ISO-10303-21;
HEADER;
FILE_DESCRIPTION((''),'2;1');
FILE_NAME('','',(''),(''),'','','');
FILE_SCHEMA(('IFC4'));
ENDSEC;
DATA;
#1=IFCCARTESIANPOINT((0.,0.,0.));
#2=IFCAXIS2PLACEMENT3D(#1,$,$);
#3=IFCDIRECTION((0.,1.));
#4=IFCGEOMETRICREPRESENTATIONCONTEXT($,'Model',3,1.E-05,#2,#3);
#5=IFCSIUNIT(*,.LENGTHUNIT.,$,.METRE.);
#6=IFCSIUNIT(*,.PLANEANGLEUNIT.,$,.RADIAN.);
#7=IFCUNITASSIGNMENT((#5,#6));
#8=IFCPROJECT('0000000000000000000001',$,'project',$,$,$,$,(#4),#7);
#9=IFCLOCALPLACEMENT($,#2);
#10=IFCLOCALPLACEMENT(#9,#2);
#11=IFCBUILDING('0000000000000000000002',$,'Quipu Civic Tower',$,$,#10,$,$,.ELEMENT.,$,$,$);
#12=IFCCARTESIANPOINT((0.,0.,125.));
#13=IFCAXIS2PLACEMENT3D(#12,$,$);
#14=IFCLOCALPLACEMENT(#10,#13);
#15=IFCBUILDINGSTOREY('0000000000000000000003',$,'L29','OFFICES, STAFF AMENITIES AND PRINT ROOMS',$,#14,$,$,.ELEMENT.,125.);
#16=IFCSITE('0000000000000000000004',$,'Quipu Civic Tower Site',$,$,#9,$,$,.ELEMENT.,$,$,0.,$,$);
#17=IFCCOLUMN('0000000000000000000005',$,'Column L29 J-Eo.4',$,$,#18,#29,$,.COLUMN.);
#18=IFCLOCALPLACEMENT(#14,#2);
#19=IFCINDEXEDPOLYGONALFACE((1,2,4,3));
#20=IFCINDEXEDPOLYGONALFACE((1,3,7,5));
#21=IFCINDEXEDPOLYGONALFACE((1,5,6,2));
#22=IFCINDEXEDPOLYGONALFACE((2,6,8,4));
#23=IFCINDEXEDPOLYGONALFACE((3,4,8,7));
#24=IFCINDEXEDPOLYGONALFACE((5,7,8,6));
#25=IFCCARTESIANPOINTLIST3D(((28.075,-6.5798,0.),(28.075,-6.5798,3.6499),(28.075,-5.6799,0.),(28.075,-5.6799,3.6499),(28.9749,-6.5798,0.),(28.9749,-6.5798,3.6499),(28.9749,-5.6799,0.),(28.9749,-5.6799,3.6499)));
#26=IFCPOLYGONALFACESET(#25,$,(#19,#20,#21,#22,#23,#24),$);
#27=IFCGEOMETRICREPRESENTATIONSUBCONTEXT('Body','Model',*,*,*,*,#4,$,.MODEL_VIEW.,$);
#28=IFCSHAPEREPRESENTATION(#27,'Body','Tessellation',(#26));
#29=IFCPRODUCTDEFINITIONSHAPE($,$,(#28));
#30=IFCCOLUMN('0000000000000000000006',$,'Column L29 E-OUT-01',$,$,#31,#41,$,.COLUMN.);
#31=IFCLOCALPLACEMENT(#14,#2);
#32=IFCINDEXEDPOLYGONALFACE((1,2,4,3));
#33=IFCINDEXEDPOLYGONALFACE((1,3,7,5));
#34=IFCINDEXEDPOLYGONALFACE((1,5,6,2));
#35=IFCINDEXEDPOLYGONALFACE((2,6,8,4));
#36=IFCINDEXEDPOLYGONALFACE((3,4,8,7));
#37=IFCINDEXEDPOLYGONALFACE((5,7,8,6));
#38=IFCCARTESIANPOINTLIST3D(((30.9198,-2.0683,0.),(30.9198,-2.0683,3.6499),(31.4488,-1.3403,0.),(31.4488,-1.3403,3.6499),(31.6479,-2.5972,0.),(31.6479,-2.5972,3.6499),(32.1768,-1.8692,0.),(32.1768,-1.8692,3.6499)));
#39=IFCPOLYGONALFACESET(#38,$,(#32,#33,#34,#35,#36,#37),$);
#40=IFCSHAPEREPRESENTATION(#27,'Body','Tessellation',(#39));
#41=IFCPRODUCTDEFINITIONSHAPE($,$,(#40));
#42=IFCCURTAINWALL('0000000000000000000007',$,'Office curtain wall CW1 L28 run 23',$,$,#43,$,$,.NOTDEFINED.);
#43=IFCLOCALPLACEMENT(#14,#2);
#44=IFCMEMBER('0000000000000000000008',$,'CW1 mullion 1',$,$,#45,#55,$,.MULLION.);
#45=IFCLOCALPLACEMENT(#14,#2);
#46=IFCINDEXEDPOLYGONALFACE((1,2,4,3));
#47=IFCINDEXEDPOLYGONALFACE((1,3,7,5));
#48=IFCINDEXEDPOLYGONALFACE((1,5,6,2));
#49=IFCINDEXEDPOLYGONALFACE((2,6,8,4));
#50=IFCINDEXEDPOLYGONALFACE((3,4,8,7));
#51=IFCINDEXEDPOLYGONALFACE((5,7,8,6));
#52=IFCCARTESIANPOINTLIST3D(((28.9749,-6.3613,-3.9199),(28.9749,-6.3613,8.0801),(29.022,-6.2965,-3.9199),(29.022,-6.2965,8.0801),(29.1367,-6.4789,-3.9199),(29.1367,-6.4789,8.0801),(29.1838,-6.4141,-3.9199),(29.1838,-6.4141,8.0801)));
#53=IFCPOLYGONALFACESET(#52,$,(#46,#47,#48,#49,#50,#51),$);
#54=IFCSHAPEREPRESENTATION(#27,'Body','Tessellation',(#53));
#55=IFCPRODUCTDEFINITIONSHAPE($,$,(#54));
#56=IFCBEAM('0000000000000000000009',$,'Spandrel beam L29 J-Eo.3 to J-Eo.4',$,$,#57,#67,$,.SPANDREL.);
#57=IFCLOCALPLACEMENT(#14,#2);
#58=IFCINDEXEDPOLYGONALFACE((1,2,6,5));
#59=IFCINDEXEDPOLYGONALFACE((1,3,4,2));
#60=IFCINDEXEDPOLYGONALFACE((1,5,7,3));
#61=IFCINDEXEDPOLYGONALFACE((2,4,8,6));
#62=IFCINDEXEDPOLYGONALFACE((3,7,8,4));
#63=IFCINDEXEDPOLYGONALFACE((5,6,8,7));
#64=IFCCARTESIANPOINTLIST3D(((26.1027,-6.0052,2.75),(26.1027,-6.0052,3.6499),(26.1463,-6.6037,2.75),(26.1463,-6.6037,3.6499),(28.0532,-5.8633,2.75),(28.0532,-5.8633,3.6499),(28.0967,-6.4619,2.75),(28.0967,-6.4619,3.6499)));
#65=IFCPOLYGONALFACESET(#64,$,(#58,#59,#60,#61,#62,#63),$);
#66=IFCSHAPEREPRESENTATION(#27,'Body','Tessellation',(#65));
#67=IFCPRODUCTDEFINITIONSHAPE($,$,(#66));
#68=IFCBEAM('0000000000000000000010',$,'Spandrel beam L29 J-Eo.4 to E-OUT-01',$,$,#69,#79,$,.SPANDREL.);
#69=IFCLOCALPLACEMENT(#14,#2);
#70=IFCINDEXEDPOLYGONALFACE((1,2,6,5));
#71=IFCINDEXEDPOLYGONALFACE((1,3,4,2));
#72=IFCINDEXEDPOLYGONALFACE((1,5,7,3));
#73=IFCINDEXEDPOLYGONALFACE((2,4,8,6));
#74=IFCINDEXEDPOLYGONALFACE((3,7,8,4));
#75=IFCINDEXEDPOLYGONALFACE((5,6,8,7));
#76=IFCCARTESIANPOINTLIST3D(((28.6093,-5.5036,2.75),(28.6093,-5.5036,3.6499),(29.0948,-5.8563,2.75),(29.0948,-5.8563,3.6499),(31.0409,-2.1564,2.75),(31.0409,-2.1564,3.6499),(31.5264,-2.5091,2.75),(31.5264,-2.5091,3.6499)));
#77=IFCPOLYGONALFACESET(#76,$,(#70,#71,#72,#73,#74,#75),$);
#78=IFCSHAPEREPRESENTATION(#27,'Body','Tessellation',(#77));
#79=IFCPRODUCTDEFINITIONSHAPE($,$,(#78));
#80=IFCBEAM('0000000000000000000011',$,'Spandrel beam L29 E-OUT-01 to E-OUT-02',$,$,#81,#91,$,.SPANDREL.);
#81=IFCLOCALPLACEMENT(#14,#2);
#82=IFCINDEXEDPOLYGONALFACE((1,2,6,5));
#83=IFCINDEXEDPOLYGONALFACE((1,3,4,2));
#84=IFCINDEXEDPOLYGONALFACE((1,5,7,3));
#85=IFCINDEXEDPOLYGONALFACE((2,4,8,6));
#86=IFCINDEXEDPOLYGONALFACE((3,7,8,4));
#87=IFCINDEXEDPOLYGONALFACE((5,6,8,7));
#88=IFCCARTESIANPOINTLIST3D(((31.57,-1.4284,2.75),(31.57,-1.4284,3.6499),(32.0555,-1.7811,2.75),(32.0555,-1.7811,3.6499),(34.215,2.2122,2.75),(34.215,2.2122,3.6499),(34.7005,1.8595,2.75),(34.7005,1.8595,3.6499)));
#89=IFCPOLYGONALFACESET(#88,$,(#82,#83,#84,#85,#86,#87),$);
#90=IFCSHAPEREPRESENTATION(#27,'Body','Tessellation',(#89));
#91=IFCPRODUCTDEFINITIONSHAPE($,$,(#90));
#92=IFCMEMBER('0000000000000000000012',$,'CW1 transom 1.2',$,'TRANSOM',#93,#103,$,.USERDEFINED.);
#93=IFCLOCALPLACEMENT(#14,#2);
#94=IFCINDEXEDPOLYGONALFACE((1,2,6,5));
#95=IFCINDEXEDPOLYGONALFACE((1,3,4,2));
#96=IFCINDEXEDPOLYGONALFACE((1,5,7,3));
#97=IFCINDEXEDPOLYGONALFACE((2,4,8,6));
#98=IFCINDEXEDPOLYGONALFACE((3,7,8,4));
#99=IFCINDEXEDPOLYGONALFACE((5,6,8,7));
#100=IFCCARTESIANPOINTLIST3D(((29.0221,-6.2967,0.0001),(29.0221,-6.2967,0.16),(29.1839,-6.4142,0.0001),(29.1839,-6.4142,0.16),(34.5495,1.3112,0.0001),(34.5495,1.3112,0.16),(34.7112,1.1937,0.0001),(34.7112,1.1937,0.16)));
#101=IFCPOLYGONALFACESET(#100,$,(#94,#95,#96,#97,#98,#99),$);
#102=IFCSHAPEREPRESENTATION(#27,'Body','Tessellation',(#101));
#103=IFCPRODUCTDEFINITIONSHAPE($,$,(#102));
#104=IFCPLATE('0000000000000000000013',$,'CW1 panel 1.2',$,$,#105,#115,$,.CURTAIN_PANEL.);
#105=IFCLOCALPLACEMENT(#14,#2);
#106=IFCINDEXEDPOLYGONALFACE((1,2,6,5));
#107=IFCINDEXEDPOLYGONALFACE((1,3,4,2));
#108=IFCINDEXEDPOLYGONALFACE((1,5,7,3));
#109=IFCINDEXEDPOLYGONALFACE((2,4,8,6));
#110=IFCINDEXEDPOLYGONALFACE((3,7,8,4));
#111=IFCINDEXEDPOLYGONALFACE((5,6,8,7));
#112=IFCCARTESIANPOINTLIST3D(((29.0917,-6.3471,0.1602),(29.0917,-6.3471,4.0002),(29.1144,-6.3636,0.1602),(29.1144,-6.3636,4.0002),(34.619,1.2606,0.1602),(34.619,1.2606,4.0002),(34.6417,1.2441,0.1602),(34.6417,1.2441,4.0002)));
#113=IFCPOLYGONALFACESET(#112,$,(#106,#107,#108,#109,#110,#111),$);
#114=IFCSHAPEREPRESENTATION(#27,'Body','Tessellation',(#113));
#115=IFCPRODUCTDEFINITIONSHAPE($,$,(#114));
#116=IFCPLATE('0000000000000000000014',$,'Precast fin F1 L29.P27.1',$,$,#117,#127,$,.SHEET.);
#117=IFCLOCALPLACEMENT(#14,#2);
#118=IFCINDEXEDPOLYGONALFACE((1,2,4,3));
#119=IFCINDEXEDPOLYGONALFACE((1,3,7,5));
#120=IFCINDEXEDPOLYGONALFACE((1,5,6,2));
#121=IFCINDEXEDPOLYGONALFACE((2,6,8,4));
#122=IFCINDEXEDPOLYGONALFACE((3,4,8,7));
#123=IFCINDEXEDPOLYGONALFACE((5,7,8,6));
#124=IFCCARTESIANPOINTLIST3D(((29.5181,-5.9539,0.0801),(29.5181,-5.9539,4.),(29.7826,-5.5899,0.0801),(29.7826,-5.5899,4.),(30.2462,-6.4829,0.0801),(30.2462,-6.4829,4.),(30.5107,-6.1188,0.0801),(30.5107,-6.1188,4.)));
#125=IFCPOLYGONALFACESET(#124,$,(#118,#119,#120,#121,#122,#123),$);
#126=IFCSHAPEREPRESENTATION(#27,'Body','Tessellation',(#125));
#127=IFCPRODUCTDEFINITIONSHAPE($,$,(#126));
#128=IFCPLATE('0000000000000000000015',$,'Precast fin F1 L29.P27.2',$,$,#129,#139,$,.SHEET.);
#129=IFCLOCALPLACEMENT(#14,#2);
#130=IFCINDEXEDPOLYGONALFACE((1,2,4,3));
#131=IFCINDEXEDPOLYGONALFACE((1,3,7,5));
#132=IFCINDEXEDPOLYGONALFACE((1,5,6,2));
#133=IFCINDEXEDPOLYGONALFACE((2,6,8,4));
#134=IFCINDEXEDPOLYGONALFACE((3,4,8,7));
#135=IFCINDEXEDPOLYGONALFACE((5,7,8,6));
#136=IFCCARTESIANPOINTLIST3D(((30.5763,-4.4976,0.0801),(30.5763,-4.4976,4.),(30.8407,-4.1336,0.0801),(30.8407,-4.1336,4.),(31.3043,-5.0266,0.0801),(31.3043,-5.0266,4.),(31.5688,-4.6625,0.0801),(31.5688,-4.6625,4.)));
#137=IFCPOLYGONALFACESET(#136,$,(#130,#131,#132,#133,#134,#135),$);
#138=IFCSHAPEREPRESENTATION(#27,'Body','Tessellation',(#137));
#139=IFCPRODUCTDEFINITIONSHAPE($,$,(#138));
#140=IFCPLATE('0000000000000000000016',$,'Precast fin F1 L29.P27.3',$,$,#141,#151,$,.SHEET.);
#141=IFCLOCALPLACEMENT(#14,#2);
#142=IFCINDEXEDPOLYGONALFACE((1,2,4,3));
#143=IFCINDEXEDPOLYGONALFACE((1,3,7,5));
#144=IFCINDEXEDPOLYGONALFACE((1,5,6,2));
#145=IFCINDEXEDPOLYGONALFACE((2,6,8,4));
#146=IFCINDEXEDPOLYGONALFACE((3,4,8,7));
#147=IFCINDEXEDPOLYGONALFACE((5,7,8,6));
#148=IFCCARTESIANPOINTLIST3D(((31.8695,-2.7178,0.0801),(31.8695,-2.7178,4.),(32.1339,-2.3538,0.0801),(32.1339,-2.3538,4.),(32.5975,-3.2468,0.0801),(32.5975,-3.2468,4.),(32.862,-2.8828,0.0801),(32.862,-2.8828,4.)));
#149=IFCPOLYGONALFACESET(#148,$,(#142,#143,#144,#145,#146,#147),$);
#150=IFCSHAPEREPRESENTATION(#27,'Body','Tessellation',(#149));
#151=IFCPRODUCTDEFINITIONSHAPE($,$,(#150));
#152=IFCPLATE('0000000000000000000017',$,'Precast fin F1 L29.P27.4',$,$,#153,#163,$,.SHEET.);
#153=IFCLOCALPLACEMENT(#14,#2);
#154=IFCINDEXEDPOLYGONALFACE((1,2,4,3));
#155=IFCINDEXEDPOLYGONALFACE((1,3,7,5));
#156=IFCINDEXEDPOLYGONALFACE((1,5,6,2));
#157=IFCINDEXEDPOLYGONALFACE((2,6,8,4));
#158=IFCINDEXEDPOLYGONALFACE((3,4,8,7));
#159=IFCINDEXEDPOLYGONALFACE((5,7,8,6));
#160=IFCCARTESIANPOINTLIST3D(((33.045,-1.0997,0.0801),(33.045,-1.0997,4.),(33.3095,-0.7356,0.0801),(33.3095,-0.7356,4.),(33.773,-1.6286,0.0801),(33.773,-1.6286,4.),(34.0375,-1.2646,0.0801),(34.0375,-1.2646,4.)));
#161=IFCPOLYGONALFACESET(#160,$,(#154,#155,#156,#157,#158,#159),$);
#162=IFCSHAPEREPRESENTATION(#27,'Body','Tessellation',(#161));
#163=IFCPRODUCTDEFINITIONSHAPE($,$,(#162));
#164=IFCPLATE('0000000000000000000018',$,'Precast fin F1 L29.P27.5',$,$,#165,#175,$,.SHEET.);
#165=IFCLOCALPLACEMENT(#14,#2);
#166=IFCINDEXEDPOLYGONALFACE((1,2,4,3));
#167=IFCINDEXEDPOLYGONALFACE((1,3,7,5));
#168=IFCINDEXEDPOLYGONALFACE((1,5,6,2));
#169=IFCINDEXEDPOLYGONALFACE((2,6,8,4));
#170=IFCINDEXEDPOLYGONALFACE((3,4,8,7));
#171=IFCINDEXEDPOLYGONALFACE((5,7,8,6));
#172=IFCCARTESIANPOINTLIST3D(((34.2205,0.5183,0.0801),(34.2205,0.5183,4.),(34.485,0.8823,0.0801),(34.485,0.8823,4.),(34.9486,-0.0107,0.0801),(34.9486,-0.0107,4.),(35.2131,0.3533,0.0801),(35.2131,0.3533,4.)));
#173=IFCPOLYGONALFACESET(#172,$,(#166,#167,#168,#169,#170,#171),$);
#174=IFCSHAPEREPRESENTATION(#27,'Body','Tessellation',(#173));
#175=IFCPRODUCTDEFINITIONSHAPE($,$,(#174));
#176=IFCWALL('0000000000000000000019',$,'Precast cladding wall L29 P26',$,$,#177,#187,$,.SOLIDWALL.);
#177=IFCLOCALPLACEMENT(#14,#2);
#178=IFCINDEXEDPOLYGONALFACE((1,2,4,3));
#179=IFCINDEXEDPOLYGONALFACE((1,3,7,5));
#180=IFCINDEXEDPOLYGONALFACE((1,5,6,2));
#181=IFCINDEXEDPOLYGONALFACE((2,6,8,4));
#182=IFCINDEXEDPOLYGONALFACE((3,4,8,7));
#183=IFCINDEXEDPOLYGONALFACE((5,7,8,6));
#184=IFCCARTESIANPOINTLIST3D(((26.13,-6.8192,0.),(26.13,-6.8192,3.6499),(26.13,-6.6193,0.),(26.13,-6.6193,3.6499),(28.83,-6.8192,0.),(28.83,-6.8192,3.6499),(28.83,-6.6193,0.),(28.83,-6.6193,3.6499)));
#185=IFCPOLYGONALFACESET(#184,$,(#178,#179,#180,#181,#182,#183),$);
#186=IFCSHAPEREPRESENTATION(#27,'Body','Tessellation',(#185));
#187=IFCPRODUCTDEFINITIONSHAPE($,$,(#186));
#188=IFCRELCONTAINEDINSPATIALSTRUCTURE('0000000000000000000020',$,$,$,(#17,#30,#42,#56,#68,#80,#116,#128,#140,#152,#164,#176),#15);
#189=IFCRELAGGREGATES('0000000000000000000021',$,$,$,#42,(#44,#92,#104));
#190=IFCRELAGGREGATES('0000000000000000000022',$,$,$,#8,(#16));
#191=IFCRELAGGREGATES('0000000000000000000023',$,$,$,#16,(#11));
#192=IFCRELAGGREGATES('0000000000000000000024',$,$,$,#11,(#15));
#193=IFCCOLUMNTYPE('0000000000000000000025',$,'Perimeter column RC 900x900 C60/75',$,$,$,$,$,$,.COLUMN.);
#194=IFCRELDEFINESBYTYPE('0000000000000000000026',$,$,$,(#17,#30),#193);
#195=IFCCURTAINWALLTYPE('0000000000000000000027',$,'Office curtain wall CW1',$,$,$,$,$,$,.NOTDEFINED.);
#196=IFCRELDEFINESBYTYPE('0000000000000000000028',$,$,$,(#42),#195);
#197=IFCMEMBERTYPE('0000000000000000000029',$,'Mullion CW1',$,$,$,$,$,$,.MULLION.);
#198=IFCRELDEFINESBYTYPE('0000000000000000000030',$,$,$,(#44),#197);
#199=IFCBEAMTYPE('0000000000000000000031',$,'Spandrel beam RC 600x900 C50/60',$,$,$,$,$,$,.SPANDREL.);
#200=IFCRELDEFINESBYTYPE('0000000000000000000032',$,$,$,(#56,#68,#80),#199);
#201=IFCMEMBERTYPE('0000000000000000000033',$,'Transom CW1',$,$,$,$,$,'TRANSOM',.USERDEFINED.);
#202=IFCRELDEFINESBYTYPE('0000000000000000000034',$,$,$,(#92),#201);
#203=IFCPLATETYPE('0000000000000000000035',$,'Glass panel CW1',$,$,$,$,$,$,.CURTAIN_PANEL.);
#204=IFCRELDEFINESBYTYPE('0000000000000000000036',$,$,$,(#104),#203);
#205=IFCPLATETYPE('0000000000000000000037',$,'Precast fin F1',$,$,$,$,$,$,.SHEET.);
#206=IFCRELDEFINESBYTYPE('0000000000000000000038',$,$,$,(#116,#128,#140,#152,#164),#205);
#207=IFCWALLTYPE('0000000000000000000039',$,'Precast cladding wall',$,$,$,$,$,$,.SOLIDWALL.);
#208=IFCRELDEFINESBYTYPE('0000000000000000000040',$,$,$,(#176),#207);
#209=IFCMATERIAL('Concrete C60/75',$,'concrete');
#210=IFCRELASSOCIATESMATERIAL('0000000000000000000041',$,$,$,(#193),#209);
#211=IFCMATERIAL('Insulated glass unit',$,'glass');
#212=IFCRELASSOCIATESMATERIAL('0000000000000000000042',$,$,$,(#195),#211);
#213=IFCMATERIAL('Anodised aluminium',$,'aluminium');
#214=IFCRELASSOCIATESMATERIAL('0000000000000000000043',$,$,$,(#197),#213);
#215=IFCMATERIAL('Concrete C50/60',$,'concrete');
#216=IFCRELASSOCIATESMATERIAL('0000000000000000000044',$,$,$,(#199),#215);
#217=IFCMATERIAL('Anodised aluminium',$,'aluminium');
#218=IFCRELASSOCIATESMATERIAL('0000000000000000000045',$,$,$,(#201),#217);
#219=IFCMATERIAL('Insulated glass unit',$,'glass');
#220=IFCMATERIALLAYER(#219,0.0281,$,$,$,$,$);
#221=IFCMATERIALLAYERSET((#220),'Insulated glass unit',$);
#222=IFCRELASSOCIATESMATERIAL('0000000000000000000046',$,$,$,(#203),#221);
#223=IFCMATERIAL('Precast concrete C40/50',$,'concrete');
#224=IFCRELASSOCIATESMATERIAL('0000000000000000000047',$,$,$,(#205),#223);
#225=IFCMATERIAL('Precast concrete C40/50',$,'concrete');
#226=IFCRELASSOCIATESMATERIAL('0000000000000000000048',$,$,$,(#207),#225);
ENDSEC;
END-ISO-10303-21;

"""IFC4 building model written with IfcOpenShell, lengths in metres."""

from ifc_helpers import new_model, si_unit, direction, frame, frame_2d, origin, origin_2d, place, context, subcontext, project, spatial, rectangle, extrude, material, layer, layer_set, material_profile, profile_set, type_object, element, aggregate, save


model = new_model("IFC4")

# Units and contexts
model_context = context("Model", 3, precision=1e-05, world=origin(), true_north=direction((0.0, 1.0)))
body_context = subcontext(model_context, "Body", "Model", "MODEL_VIEW")
ifc_project = project(units=[si_unit("LENGTHUNIT", "METRE"), si_unit("PLANEANGLEUNIT", "RADIAN")], contexts=[model_context])

# Site, building, storey
site_placement = place(None, origin())
site = spatial("IfcSite", under=ifc_project, at=site_placement, Name="Quipu Civic Tower Site", CompositionType="ELEMENT", RefElevation=0.0)
building_placement = place(site_placement, origin())
building = spatial("IfcBuilding", under=site, at=building_placement, Name="Quipu Civic Tower", CompositionType="ELEMENT")
storey_placement = place(building_placement, frame((0.0, 0.0, 125.0)))
storey = spatial("IfcBuildingStorey", under=building, at=storey_placement, Name="L29", Description="OFFICES, STAFF AMENITIES AND PRINT ROOMS", CompositionType="ELEMENT", Elevation=125.0)

# Columns
ifc_material_1 = material(Name="Concrete C60/75", Category="concrete")
ifc_material_profile_1 = material_profile(ifc_material_1, rectangle(XDim=0.8999, YDim=0.8999, at=origin_2d()), Name="RC900x900")
ifc_profile_set_1 = profile_set([ifc_material_profile_1], Name="Concrete C60/75")
column_type = type_object("IfcColumnType", Name="Perimeter column RC 900x900 C60/75", PredefinedType="COLUMN", material=ifc_profile_set_1)
for number, where, z_axis, x_axis, name in (
    (1, (28.5249, -6.1299, 0.0), (0.0, 0.0, 1.0), (1.0, 0.0, 0.0), "Column L29 J-Eo.4"),
    (2, (31.5483, -1.9688, 0.0), (0.0, 0.0, 1.0), (0.587785, 0.809017, 0.0), "Column L29 E-OUT-01"),
):
    element("IfcColumn", number, at=place(storey_placement, frame(where, z_axis=z_axis, x_axis=x_axis)), inside=storey, type_object=column_type, Name=name, PredefinedType="COLUMN", context=body_context, shape_type="SweptSolid", body=[
        extrude(rectangle(XDim=0.8999, YDim=0.8999, at=origin_2d()), origin(), (0.0, 0.0, 1.0), 3.6499),
    ])

# Curtain wall, member
ifc_material_2 = material(Name="Insulated glass unit", Category="glass")
curtain_wall_type = type_object("IfcCurtainWallType", Name="Office curtain wall CW1", PredefinedType="NOTDEFINED", material=ifc_material_2)
curtain_wall_placement = place(storey_placement, origin())
curtain_wall = element("IfcCurtainWall", 3, at=curtain_wall_placement, inside=storey, type_object=curtain_wall_type, Name="Office curtain wall CW1 L28 run 23", PredefinedType="NOTDEFINED")
ifc_material_3 = material(Name="Anodised aluminium", Category="aluminium")
ifc_material_profile_2 = material_profile(ifc_material_3, rectangle(XDim=0.2, YDim=0.0801, at=origin_2d()), Name="RECT 200x80")
ifc_profile_set_2 = profile_set([ifc_material_profile_2], Name="Anodised aluminium")
member_type_1 = type_object("IfcMemberType", Name="Mullion CW1", PredefinedType="MULLION", material=ifc_profile_set_2)
member_1_placement = place(storey_placement, frame((29.0793, -6.3877, -3.9199), z_axis=(0.0, 0.0, 1.0), x_axis=(-0.809017, 0.587785, 0.0)))
member_1 = element("IfcMember", 4, at=member_1_placement, type_object=member_type_1, Name="CW1 mullion 1", PredefinedType="MULLION", context=body_context, shape_type="SweptSolid", body=[
    extrude(rectangle(XDim=0.2, YDim=0.0801, at=origin_2d()), origin(), (0.0, 0.0, 1.0), 12.0),
])

# Beams
ifc_material_4 = material(Name="Concrete C50/60", Category="concrete")
ifc_material_profile_3 = material_profile(ifc_material_4, rectangle(XDim=0.6001, YDim=0.8999, at=origin_2d()), Name="RC600x900")
ifc_profile_set_3 = profile_set([ifc_material_profile_3], Name="Concrete C50/60")
beam_type = type_object("IfcBeamType", Name="Spandrel beam RC 600x900 C50/60", PredefinedType="SPANDREL", material=ifc_profile_set_3)
beam_1_placement = place(storey_placement, frame((26.1245, -6.3044, 3.2), z_axis=(0.997366, 0.072533, 0.0), x_axis=(-0.072533, 0.997366, 0.0)))
element("IfcBeam", 5, at=beam_1_placement, inside=storey, type_object=beam_type, Name="Spandrel beam L29 J-Eo.3 to J-Eo.4", PredefinedType="SPANDREL", context=body_context, shape_type="SweptSolid", body=[
    extrude(rectangle(XDim=0.6001, YDim=0.8999, at=origin_2d()), origin(), (0.0, 0.0, 1.0), 1.9556),
])
beam_2_placement = place(storey_placement, frame((28.8521, -5.6799, 3.2), z_axis=(0.587751, 0.809042, 0.0), x_axis=(-0.809042, 0.587751, 0.0)))
element("IfcBeam", 6, at=beam_2_placement, inside=storey, type_object=beam_type, Name="Spandrel beam L29 J-Eo.4 to E-OUT-01", PredefinedType="SPANDREL", context=body_context, shape_type="SweptSolid", body=[
    extrude(rectangle(XDim=0.6001, YDim=0.8999, at=origin_2d()), origin(), (0.0, 0.0, 1.0), 4.1372),
])
beam_3_placement = place(storey_placement, frame((31.8127, -1.6047, 3.2), z_axis=(0.587778, 0.809022, 0.0), x_axis=(-0.809022, 0.587778, 0.0)))
element("IfcBeam", 7, at=beam_3_placement, inside=storey, type_object=beam_type, Name="Spandrel beam L29 E-OUT-01 to E-OUT-02", PredefinedType="SPANDREL", context=body_context, shape_type="SweptSolid", body=[
    extrude(rectangle(XDim=0.6001, YDim=0.8999, at=origin_2d()), origin(), (0.0, 0.0, 1.0), 4.5),
])

# Member
ifc_material_5 = material(Name="Anodised aluminium", Category="aluminium")
ifc_material_profile_4 = material_profile(ifc_material_5, rectangle(XDim=0.2, YDim=0.1599, at=origin_2d()), Name="RECT 200x160")
ifc_profile_set_4 = profile_set([ifc_material_profile_4], Name="Anodised aluminium")
member_type_2 = type_object("IfcMemberType", Name="Transom CW1", ElementType="TRANSOM", PredefinedType="USERDEFINED", material=ifc_profile_set_4)
member_2_placement = place(storey_placement, frame((29.103, -6.3555, 0.0801), z_axis=(0.587776, 0.809023, 0.0), x_axis=(-0.809023, 0.587776, 0.0)))
member_2 = element("IfcMember", 8, at=member_2_placement, type_object=member_type_2, Name="CW1 transom 1.2", ObjectType="TRANSOM", PredefinedType="USERDEFINED", context=body_context, shape_type="SweptSolid", body=[
    extrude(rectangle(XDim=0.2, YDim=0.1599, at=origin_2d()), origin(), (0.0, 0.0, 1.0), 9.4038),
])

# Plate
ifc_material_6 = material(Name="Insulated glass unit", Category="glass")
ifc_layer = layer(ifc_material_6, 0.0281)
ifc_layer_set = layer_set([ifc_layer], Name="Insulated glass unit")
plate_type_1 = type_object("IfcPlateType", Name="Glass panel CW1", PredefinedType="CURTAIN_PANEL", material=ifc_layer_set)
plate_placement = place(storey_placement, frame((31.8667, -2.5515, 0.1602), z_axis=(0.0, 0.0, 1.0), x_axis=(0.587785, 0.809017, 0.0)))
plate = element("IfcPlate", 9, at=plate_placement, type_object=plate_type_1, Name="CW1 panel 1.2", PredefinedType="CURTAIN_PANEL", context=body_context, shape_type="SweptSolid", body=[
    extrude(rectangle(XDim=9.4036, YDim=0.0281, at=origin_2d()), origin(), (0.0, 0.0, 1.0), 3.8401),
])
aggregate(curtain_wall, [member_1, member_2, plate])

# Plates
ifc_material_7 = material(Name="Precast concrete C40/50", Category="concrete")
plate_type_2 = type_object("IfcPlateType", Name="Precast fin F1", PredefinedType="SHEET", material=ifc_material_7)
for number, where, z_axis, x_axis, name in (
    (10, (30.0144, -6.0364, 0.0801), (0.0, 0.0, 1.0), (0.587786, 0.809017, 0.0), "Precast fin F1 L29.P27.1"),
    (11, (31.0725, -4.5801, 0.0801), (0.0, 0.0, 1.0), (0.587786, 0.809017, 0.0), "Precast fin F1 L29.P27.2"),
    (12, (32.3657, -2.8003, 0.0801), (0.0, 0.0, 1.0), (0.587786, 0.809017, 0.0), "Precast fin F1 L29.P27.3"),
    (13, (33.5413, -1.1821, 0.0801), (0.0, 0.0, 1.0), (0.587786, 0.809017, 0.0), "Precast fin F1 L29.P27.4"),
    (14, (34.7168, 0.4358, 0.0801), (0.0, 0.0, 1.0), (0.587786, 0.809017, 0.0), "Precast fin F1 L29.P27.5"),
):
    element("IfcPlate", number, at=place(storey_placement, frame(where, z_axis=z_axis, x_axis=x_axis)), inside=storey, type_object=plate_type_2, Name=name, PredefinedType="SHEET", context=body_context, shape_type="SweptSolid", body=[
        extrude(rectangle(XDim=0.45, YDim=0.8999, at=origin_2d()), origin(), (0.0, 0.0, 1.0), 3.9199),
    ])

# Wall
ifc_material_8 = material(Name="Precast concrete C40/50", Category="concrete")
wall_type = type_object("IfcWallType", Name="Precast cladding wall", PredefinedType="SOLIDWALL", material=ifc_material_8)
wall_placement = place(storey_placement, frame((26.1299, -6.7192, 0.0), z_axis=(0.0, 0.0, 1.0), x_axis=(1.0, 0.0, 0.0)))
element("IfcWall", 15, at=wall_placement, inside=storey, type_object=wall_type, Name="Precast cladding wall L29 P26", PredefinedType="SOLIDWALL", context=body_context, shape_type="SweptSolid", body=[
    extrude(rectangle(XDim=2.7, YDim=0.2, at=frame_2d((1.3501, 0.0))), origin(), (0.0, 0.0, 1.0), 3.6499),
])

save(model, "model.ifc")
